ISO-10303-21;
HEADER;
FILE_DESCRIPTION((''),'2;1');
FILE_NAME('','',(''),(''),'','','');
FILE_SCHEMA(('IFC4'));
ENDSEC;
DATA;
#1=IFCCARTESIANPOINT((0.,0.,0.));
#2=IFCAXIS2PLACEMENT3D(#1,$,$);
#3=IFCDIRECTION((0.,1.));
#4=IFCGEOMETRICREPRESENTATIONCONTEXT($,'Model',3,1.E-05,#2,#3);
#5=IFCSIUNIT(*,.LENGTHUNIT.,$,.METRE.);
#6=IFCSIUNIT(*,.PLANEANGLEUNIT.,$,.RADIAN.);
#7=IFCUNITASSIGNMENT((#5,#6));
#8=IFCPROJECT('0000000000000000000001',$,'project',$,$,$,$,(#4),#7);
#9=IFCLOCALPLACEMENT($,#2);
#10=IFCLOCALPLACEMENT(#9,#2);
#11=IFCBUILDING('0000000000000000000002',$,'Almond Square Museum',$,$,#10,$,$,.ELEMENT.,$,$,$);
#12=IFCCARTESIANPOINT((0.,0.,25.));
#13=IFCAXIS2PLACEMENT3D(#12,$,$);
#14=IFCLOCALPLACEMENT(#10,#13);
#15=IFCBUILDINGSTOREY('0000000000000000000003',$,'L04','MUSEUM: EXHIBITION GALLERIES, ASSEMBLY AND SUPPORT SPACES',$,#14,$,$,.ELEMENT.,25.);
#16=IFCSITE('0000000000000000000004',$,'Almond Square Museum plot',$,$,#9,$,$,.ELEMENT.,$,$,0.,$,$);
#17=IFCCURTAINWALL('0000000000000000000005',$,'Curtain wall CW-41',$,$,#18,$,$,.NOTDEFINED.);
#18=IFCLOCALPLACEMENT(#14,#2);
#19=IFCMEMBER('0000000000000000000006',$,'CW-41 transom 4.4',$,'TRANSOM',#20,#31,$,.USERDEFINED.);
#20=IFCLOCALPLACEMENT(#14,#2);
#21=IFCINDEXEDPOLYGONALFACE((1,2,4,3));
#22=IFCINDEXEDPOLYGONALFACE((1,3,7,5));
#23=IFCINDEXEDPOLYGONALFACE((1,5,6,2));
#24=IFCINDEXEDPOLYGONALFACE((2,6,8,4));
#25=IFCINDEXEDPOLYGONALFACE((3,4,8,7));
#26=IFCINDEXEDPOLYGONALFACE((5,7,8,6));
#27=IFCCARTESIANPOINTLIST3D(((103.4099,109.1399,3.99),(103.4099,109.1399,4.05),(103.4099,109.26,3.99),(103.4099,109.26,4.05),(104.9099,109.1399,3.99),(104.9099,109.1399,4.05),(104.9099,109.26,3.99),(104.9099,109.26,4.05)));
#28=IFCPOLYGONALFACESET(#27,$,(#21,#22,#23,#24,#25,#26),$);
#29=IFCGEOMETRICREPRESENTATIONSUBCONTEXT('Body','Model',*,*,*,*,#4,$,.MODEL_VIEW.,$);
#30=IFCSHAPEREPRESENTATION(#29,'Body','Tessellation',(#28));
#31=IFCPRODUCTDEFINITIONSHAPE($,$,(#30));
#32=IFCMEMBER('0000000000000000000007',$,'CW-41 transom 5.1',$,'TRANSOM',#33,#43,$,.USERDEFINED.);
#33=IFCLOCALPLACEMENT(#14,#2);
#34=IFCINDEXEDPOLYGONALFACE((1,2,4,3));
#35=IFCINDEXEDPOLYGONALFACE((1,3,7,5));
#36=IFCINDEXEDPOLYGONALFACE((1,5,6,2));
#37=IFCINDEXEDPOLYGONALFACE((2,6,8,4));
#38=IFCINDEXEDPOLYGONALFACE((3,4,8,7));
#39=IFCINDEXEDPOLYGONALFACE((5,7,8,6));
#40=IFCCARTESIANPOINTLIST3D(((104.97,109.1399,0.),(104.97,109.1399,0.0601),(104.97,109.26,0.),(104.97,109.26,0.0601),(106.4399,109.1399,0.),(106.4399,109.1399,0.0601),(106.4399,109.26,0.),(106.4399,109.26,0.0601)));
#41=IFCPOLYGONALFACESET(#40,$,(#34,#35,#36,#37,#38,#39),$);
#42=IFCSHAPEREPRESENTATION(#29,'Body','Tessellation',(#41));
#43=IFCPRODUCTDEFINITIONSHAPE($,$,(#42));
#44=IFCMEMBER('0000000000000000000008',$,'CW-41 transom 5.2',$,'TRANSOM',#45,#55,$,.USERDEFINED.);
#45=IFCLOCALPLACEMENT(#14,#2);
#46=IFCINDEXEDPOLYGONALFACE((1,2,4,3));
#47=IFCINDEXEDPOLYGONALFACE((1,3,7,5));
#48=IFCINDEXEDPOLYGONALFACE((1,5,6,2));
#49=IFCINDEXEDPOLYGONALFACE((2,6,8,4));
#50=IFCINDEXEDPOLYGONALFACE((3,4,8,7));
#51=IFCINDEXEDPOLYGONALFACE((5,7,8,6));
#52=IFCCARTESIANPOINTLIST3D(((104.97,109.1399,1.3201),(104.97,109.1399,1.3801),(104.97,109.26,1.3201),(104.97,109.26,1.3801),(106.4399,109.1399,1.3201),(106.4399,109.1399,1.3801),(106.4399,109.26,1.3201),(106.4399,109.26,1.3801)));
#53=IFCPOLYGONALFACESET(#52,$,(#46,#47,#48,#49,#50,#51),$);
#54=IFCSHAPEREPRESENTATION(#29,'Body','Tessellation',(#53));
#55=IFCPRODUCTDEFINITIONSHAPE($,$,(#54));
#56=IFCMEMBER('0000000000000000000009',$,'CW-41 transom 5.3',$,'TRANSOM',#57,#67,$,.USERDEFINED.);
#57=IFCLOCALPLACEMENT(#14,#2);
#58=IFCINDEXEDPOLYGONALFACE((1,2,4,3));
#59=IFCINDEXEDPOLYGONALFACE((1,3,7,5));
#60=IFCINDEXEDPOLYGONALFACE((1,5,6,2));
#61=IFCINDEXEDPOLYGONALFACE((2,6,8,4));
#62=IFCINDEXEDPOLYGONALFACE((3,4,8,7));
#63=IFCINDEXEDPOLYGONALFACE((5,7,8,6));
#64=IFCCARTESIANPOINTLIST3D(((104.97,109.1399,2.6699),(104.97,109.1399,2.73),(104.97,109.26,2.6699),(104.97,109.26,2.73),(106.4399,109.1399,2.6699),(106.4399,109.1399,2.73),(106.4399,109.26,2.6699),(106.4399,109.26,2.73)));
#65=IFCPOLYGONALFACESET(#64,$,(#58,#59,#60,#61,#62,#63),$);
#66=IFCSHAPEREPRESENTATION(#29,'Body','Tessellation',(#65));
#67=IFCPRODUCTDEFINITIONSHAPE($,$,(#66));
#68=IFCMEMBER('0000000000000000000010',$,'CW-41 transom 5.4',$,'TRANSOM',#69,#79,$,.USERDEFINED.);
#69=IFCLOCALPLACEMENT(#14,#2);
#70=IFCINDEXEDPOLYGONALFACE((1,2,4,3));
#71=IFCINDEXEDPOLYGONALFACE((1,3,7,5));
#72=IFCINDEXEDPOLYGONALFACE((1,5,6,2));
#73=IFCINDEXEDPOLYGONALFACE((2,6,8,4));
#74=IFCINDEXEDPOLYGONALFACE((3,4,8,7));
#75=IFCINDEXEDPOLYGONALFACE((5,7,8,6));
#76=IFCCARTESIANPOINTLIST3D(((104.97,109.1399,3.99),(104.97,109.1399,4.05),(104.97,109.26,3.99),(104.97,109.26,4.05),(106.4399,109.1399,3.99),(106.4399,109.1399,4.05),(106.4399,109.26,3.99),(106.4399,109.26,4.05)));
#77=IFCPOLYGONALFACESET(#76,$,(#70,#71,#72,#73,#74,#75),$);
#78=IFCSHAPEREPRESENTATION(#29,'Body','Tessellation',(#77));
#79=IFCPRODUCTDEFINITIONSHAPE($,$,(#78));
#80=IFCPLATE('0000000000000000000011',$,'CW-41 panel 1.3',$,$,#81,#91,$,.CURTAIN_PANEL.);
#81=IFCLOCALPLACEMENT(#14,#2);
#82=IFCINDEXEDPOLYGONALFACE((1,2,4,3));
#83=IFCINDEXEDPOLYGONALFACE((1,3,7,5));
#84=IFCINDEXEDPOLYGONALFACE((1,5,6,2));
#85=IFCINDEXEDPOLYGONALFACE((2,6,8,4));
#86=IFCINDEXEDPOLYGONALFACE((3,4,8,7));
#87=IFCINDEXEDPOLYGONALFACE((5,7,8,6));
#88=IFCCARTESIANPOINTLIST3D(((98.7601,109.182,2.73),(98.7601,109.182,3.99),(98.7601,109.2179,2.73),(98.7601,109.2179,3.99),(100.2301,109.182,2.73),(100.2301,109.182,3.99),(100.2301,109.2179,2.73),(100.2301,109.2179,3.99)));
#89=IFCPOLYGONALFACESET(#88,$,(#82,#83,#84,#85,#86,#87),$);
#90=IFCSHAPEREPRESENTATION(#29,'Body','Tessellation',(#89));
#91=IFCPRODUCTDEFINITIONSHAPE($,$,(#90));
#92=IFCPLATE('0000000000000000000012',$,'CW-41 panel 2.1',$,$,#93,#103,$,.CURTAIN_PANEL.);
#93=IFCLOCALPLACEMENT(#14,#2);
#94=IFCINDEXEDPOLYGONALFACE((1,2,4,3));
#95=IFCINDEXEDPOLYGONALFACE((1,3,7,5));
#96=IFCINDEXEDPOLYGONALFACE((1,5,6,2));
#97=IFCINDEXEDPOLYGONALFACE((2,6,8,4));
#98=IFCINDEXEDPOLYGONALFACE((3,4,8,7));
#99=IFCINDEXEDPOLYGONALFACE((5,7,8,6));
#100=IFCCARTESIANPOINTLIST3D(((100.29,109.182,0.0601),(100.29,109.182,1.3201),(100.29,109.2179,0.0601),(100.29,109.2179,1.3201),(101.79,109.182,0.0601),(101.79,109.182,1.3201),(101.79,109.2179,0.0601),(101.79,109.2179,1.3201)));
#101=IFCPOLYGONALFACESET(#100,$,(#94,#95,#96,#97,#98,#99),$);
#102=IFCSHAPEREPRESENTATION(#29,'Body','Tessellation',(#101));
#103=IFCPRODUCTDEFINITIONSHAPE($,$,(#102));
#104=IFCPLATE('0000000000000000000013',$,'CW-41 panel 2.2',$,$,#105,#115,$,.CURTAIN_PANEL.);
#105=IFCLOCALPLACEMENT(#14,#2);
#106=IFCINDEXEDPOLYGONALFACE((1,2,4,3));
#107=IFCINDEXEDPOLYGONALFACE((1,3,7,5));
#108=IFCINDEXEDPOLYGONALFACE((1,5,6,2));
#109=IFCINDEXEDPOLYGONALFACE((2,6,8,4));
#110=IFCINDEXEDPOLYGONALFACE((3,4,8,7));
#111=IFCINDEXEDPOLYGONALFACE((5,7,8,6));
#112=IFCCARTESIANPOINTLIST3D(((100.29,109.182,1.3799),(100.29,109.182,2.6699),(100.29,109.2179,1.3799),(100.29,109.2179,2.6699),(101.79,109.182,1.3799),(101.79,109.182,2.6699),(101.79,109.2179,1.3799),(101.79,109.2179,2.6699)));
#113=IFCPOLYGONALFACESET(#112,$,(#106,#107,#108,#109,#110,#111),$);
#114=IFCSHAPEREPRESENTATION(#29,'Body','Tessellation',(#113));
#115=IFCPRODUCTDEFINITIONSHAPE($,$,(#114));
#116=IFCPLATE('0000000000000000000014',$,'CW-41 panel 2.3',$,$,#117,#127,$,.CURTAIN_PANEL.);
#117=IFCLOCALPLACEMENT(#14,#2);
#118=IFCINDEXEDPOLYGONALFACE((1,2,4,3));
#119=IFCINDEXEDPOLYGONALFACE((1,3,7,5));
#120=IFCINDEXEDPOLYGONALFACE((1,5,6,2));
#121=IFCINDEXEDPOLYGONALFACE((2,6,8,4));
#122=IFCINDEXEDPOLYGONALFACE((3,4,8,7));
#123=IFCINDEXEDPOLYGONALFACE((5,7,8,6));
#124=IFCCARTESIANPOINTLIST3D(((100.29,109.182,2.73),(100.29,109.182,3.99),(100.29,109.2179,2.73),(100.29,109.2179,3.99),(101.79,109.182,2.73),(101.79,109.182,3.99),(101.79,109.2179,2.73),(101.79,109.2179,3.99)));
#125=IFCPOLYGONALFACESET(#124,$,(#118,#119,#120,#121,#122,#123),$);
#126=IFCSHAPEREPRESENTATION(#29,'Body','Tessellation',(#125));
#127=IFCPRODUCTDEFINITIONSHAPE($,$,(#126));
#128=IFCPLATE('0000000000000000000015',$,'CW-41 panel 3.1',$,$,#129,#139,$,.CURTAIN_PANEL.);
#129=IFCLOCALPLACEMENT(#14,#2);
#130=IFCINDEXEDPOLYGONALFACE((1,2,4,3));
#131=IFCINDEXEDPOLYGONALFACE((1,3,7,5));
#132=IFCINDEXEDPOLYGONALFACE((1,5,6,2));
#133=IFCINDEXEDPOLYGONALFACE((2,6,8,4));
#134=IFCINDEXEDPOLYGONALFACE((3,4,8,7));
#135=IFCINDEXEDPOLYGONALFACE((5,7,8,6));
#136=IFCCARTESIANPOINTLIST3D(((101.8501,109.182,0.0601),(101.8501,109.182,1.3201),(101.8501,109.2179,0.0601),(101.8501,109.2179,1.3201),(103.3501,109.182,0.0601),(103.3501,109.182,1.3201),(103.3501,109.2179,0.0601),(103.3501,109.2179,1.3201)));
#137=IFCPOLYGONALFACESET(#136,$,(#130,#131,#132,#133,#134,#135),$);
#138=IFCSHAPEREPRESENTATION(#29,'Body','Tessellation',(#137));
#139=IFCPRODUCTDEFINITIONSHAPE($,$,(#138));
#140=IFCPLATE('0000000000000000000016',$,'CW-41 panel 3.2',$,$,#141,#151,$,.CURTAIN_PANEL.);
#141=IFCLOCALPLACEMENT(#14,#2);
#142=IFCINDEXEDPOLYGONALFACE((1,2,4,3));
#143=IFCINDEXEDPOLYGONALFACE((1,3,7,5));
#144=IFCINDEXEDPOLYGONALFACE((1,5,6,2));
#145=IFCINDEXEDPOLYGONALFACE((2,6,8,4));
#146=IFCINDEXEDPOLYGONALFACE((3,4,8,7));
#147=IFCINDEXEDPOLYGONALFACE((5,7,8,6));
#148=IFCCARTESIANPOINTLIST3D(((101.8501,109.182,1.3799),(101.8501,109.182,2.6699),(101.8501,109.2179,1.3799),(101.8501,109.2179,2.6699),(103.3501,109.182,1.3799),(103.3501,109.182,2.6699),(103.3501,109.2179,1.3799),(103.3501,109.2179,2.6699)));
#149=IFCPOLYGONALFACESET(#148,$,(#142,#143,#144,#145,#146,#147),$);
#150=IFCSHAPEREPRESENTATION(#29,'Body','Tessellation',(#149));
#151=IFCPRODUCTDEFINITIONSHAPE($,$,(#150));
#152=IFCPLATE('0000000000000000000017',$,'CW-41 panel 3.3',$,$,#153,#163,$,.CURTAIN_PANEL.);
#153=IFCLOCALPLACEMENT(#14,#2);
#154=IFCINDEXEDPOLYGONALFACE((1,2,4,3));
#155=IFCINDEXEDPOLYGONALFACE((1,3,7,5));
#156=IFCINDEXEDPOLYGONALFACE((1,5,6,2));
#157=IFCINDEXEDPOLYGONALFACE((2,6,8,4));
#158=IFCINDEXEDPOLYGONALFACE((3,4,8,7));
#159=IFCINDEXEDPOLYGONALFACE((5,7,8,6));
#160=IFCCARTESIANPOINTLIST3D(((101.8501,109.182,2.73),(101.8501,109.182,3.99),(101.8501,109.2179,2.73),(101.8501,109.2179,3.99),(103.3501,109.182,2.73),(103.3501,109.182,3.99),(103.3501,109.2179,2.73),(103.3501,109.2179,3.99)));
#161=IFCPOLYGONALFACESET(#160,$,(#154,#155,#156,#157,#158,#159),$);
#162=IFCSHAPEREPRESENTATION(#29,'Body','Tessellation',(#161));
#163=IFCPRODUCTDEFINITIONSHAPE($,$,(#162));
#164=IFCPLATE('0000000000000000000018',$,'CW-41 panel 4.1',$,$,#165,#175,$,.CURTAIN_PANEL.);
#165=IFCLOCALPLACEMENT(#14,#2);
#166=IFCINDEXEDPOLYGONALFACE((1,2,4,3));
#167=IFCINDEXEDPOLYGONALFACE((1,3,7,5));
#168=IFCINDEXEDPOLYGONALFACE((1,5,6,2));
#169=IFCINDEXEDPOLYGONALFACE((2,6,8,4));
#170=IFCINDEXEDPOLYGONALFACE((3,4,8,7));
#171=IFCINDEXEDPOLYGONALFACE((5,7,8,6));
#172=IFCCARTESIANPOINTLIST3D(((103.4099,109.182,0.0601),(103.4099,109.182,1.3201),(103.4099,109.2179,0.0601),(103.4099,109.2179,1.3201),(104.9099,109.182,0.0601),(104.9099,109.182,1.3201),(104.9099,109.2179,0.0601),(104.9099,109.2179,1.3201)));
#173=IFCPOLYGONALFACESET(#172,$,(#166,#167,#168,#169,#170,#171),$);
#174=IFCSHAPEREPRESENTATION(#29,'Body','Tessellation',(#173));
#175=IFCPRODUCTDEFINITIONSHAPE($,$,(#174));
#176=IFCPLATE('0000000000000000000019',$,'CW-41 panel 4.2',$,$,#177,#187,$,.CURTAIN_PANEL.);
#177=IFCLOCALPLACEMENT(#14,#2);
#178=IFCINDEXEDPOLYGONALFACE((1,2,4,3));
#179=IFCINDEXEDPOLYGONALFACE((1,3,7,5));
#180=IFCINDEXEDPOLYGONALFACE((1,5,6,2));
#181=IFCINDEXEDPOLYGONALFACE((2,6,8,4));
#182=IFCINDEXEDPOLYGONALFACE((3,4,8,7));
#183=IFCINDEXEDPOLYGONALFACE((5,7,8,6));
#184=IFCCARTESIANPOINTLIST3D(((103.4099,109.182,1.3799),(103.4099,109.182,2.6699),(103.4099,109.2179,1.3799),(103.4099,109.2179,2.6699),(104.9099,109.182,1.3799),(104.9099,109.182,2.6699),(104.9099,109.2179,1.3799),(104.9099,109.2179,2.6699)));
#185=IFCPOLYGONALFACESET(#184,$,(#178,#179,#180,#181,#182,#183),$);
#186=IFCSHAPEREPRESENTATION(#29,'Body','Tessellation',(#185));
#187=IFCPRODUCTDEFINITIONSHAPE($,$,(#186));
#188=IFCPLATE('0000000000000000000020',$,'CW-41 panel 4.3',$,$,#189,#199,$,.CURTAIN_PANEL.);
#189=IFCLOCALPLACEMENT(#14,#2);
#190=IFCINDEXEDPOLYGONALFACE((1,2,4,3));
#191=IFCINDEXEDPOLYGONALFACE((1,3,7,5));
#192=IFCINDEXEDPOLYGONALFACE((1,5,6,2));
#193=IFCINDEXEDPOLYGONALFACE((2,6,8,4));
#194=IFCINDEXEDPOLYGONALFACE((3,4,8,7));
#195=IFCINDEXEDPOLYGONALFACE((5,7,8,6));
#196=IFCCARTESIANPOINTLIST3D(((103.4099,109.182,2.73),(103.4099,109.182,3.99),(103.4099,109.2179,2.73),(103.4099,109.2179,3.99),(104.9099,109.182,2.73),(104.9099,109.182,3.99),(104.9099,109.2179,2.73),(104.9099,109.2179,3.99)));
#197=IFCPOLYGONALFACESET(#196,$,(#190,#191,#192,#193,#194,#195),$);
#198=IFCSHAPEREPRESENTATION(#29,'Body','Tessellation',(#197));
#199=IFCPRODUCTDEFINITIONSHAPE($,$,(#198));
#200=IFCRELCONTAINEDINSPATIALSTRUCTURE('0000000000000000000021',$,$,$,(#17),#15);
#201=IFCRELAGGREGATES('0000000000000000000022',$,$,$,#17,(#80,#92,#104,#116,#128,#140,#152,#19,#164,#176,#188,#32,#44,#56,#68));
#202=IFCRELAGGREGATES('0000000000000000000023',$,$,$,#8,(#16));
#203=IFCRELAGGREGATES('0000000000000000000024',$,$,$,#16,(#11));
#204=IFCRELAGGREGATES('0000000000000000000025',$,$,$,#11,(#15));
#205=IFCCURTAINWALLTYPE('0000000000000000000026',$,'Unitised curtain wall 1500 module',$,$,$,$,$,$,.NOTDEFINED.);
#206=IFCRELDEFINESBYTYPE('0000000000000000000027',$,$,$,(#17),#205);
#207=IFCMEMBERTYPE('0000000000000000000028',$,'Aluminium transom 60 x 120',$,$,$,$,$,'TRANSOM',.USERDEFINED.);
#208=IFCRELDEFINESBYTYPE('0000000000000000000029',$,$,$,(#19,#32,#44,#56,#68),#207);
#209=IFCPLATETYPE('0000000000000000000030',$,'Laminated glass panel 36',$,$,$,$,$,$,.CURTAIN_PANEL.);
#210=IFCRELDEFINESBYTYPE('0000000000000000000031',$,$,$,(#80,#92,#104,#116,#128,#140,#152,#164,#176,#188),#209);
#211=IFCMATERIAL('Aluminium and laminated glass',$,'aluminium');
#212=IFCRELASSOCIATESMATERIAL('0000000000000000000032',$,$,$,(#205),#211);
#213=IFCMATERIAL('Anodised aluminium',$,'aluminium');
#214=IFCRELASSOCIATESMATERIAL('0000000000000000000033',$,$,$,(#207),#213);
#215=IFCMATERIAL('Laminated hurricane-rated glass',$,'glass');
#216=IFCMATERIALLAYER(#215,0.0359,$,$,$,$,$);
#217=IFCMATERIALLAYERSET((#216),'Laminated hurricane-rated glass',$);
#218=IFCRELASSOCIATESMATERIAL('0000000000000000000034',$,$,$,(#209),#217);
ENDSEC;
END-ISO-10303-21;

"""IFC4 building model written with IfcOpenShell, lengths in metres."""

from ifc_helpers import new_model, si_unit, direction, frame, origin, origin_2d, place, context, subcontext, project, spatial, rectangle, extrude, material, layer, layer_set, material_profile, profile_set, type_object, element, aggregate, save


model = new_model("IFC4")

# Units and contexts
model_context = context("Model", 3, precision=1e-05, world=origin(), true_north=direction((0.0, 1.0)))
body_context = subcontext(model_context, "Body", "Model", "MODEL_VIEW")
ifc_project = project(units=[si_unit("LENGTHUNIT", "METRE"), si_unit("PLANEANGLEUNIT", "RADIAN")], contexts=[model_context])

# Site, building, storey
site_placement = place(None, origin())
site = spatial("IfcSite", under=ifc_project, at=site_placement, Name="Almond Square Museum plot", CompositionType="ELEMENT", RefElevation=0.0)
building_placement = place(site_placement, origin())
building = spatial("IfcBuilding", under=site, at=building_placement, Name="Almond Square Museum", CompositionType="ELEMENT")
storey_placement = place(building_placement, frame((0.0, 0.0, 25.0)))
storey = spatial("IfcBuildingStorey", under=building, at=storey_placement, Name="L04", Description="MUSEUM: EXHIBITION GALLERIES, ASSEMBLY AND SUPPORT SPACES", CompositionType="ELEMENT", Elevation=25.0)

# Curtain wall, members, plates
ifc_material_1 = material(Name="Aluminium and laminated glass", Category="aluminium")
curtain_wall_type = type_object("IfcCurtainWallType", Name="Unitised curtain wall 1500 module", PredefinedType="NOTDEFINED", material=ifc_material_1)
curtain_wall_placement = place(storey_placement, origin())
curtain_wall = element("IfcCurtainWall", 1, at=curtain_wall_placement, inside=storey, type_object=curtain_wall_type, Name="Curtain wall CW-41", PredefinedType="NOTDEFINED")
ifc_material_2 = material(Name="Anodised aluminium", Category="aluminium")
ifc_material_profile_1 = material_profile(ifc_material_2, rectangle(XDim=0.1201, YDim=0.0601, at=origin_2d()))
ifc_profile_set_1 = profile_set([ifc_material_profile_1], Name="Anodised aluminium")
member_type_1 = type_object("IfcMemberType", Name="Aluminium transom 60 x 120", ElementType="TRANSOM", PredefinedType="USERDEFINED", material=ifc_profile_set_1)
member_1_placement = place(storey_placement, frame((103.4099, 109.2, 4.02), z_axis=(1.0, 0.0, 0.0), x_axis=(0.0, 1.0, 0.0)))
member_1 = element("IfcMember", 2, at=member_1_placement, type_object=member_type_1, Name="CW-41 transom 4.4", ObjectType="TRANSOM", PredefinedType="USERDEFINED", context=body_context, shape_type="SweptSolid", body=[
    extrude(rectangle(XDim=0.1201, YDim=0.0601, at=origin_2d()), origin(), (0.0, 0.0, 1.0), 1.5),
])
member_2_placement = place(storey_placement, frame((104.97, 109.2, 0.03), z_axis=(1.0, 0.0, 0.0), x_axis=(0.0, 1.0, 0.0)))
member_2 = element("IfcMember", 3, at=member_2_placement, type_object=member_type_1, Name="CW-41 transom 5.1", ObjectType="TRANSOM", PredefinedType="USERDEFINED", context=body_context, shape_type="SweptSolid", body=[
    extrude(rectangle(XDim=0.1201, YDim=0.0601, at=origin_2d()), origin(), (0.0, 0.0, 1.0), 1.47),
])
member_3_placement = place(storey_placement, frame((104.97, 109.2, 1.3501), z_axis=(1.0, 0.0, 0.0), x_axis=(0.0, 1.0, 0.0)))
member_3 = element("IfcMember", 4, at=member_3_placement, type_object=member_type_1, Name="CW-41 transom 5.2", ObjectType="TRANSOM", PredefinedType="USERDEFINED", context=body_context, shape_type="SweptSolid", body=[
    extrude(rectangle(XDim=0.1201, YDim=0.0601, at=origin_2d()), origin(), (0.0, 0.0, 1.0), 1.47),
])
member_4_placement = place(storey_placement, frame((104.97, 109.2, 2.7), z_axis=(1.0, 0.0, 0.0), x_axis=(0.0, 1.0, 0.0)))
member_4 = element("IfcMember", 5, at=member_4_placement, type_object=member_type_1, Name="CW-41 transom 5.3", ObjectType="TRANSOM", PredefinedType="USERDEFINED", context=body_context, shape_type="SweptSolid", body=[
    extrude(rectangle(XDim=0.1201, YDim=0.0601, at=origin_2d()), origin(), (0.0, 0.0, 1.0), 1.47),
])
member_5_placement = place(storey_placement, frame((104.97, 109.2, 4.02), z_axis=(1.0, 0.0, 0.0), x_axis=(0.0, 1.0, 0.0)))
member_5 = element("IfcMember", 6, at=member_5_placement, type_object=member_type_1, Name="CW-41 transom 5.4", ObjectType="TRANSOM", PredefinedType="USERDEFINED", context=body_context, shape_type="SweptSolid", body=[
    extrude(rectangle(XDim=0.1201, YDim=0.0601, at=origin_2d()), origin(), (0.0, 0.0, 1.0), 1.47),
])
ifc_material_3 = material(Name="Laminated hurricane-rated glass", Category="glass")
ifc_layer = layer(ifc_material_3, 0.0359)
ifc_layer_set = layer_set([ifc_layer], Name="Laminated hurricane-rated glass")
plate_type = type_object("IfcPlateType", Name="Laminated glass panel 36", PredefinedType="CURTAIN_PANEL", material=ifc_layer_set)
plate_1_placement = place(storey_placement, frame((99.4951, 109.2, 2.73), z_axis=(0.0, 0.0, 1.0), x_axis=(1.0, 0.0, 0.0)))
plate_1 = element("IfcPlate", 7, at=plate_1_placement, type_object=plate_type, Name="CW-41 panel 1.3", PredefinedType="CURTAIN_PANEL", context=body_context, shape_type="SweptSolid", body=[
    extrude(rectangle(XDim=1.47, YDim=0.0359, at=origin_2d()), origin(), (0.0, 0.0, 1.0), 1.26),
])
plate_2_placement = place(storey_placement, frame((101.04, 109.2, 0.0601), z_axis=(0.0, 0.0, 1.0), x_axis=(1.0, 0.0, 0.0)))
plate_2 = element("IfcPlate", 8, at=plate_2_placement, type_object=plate_type, Name="CW-41 panel 2.1", PredefinedType="CURTAIN_PANEL", context=body_context, shape_type="SweptSolid", body=[
    extrude(rectangle(XDim=1.5, YDim=0.0359, at=origin_2d()), origin(), (0.0, 0.0, 1.0), 1.26),
])
plate_3_placement = place(storey_placement, frame((101.04, 109.2, 1.3799), z_axis=(0.0, 0.0, 1.0), x_axis=(1.0, 0.0, 0.0)))
plate_3 = element("IfcPlate", 9, at=plate_3_placement, type_object=plate_type, Name="CW-41 panel 2.2", PredefinedType="CURTAIN_PANEL", context=body_context, shape_type="SweptSolid", body=[
    extrude(rectangle(XDim=1.5, YDim=0.0359, at=origin_2d()), origin(), (0.0, 0.0, 1.0), 1.29),
])
plate_4_placement = place(storey_placement, frame((101.04, 109.2, 2.73), z_axis=(0.0, 0.0, 1.0), x_axis=(1.0, 0.0, 0.0)))
plate_4 = element("IfcPlate", 10, at=plate_4_placement, type_object=plate_type, Name="CW-41 panel 2.3", PredefinedType="CURTAIN_PANEL", context=body_context, shape_type="SweptSolid", body=[
    extrude(rectangle(XDim=1.5, YDim=0.0359, at=origin_2d()), origin(), (0.0, 0.0, 1.0), 1.26),
])
plate_5_placement = place(storey_placement, frame((102.6001, 109.2, 0.0601), z_axis=(0.0, 0.0, 1.0), x_axis=(1.0, 0.0, 0.0)))
plate_5 = element("IfcPlate", 11, at=plate_5_placement, type_object=plate_type, Name="CW-41 panel 3.1", PredefinedType="CURTAIN_PANEL", context=body_context, shape_type="SweptSolid", body=[
    extrude(rectangle(XDim=1.5, YDim=0.0359, at=origin_2d()), origin(), (0.0, 0.0, 1.0), 1.26),
])
plate_6_placement = place(storey_placement, frame((102.6001, 109.2, 1.3799), z_axis=(0.0, 0.0, 1.0), x_axis=(1.0, 0.0, 0.0)))
plate_6 = element("IfcPlate", 12, at=plate_6_placement, type_object=plate_type, Name="CW-41 panel 3.2", PredefinedType="CURTAIN_PANEL", context=body_context, shape_type="SweptSolid", body=[
    extrude(rectangle(XDim=1.5, YDim=0.0359, at=origin_2d()), origin(), (0.0, 0.0, 1.0), 1.29),
])
plate_7_placement = place(storey_placement, frame((102.6001, 109.2, 2.73), z_axis=(0.0, 0.0, 1.0), x_axis=(1.0, 0.0, 0.0)))
plate_7 = element("IfcPlate", 13, at=plate_7_placement, type_object=plate_type, Name="CW-41 panel 3.3", PredefinedType="CURTAIN_PANEL", context=body_context, shape_type="SweptSolid", body=[
    extrude(rectangle(XDim=1.5, YDim=0.0359, at=origin_2d()), origin(), (0.0, 0.0, 1.0), 1.26),
])
plate_8_placement = place(storey_placement, frame((104.1599, 109.2, 0.0601), z_axis=(0.0, 0.0, 1.0), x_axis=(1.0, 0.0, 0.0)))
plate_8 = element("IfcPlate", 14, at=plate_8_placement, type_object=plate_type, Name="CW-41 panel 4.1", PredefinedType="CURTAIN_PANEL", context=body_context, shape_type="SweptSolid", body=[
    extrude(rectangle(XDim=1.5, YDim=0.0359, at=origin_2d()), origin(), (0.0, 0.0, 1.0), 1.26),
])
plate_9_placement = place(storey_placement, frame((104.1599, 109.2, 1.3799), z_axis=(0.0, 0.0, 1.0), x_axis=(1.0, 0.0, 0.0)))
plate_9 = element("IfcPlate", 15, at=plate_9_placement, type_object=plate_type, Name="CW-41 panel 4.2", PredefinedType="CURTAIN_PANEL", context=body_context, shape_type="SweptSolid", body=[
    extrude(rectangle(XDim=1.5, YDim=0.0359, at=origin_2d()), origin(), (0.0, 0.0, 1.0), 1.29),
])
plate_10_placement = place(storey_placement, frame((104.1599, 109.2, 2.73), z_axis=(0.0, 0.0, 1.0), x_axis=(1.0, 0.0, 0.0)))
plate_10 = element("IfcPlate", 16, at=plate_10_placement, type_object=plate_type, Name="CW-41 panel 4.3", PredefinedType="CURTAIN_PANEL", context=body_context, shape_type="SweptSolid", body=[
    extrude(rectangle(XDim=1.5, YDim=0.0359, at=origin_2d()), origin(), (0.0, 0.0, 1.0), 1.26),
])
aggregate(curtain_wall, [plate_1, plate_2, plate_3, plate_4, plate_5, plate_6, plate_7, member_1, plate_8, plate_9, plate_10, member_2, member_3, member_4, member_5])

save(model, "model.ifc")
